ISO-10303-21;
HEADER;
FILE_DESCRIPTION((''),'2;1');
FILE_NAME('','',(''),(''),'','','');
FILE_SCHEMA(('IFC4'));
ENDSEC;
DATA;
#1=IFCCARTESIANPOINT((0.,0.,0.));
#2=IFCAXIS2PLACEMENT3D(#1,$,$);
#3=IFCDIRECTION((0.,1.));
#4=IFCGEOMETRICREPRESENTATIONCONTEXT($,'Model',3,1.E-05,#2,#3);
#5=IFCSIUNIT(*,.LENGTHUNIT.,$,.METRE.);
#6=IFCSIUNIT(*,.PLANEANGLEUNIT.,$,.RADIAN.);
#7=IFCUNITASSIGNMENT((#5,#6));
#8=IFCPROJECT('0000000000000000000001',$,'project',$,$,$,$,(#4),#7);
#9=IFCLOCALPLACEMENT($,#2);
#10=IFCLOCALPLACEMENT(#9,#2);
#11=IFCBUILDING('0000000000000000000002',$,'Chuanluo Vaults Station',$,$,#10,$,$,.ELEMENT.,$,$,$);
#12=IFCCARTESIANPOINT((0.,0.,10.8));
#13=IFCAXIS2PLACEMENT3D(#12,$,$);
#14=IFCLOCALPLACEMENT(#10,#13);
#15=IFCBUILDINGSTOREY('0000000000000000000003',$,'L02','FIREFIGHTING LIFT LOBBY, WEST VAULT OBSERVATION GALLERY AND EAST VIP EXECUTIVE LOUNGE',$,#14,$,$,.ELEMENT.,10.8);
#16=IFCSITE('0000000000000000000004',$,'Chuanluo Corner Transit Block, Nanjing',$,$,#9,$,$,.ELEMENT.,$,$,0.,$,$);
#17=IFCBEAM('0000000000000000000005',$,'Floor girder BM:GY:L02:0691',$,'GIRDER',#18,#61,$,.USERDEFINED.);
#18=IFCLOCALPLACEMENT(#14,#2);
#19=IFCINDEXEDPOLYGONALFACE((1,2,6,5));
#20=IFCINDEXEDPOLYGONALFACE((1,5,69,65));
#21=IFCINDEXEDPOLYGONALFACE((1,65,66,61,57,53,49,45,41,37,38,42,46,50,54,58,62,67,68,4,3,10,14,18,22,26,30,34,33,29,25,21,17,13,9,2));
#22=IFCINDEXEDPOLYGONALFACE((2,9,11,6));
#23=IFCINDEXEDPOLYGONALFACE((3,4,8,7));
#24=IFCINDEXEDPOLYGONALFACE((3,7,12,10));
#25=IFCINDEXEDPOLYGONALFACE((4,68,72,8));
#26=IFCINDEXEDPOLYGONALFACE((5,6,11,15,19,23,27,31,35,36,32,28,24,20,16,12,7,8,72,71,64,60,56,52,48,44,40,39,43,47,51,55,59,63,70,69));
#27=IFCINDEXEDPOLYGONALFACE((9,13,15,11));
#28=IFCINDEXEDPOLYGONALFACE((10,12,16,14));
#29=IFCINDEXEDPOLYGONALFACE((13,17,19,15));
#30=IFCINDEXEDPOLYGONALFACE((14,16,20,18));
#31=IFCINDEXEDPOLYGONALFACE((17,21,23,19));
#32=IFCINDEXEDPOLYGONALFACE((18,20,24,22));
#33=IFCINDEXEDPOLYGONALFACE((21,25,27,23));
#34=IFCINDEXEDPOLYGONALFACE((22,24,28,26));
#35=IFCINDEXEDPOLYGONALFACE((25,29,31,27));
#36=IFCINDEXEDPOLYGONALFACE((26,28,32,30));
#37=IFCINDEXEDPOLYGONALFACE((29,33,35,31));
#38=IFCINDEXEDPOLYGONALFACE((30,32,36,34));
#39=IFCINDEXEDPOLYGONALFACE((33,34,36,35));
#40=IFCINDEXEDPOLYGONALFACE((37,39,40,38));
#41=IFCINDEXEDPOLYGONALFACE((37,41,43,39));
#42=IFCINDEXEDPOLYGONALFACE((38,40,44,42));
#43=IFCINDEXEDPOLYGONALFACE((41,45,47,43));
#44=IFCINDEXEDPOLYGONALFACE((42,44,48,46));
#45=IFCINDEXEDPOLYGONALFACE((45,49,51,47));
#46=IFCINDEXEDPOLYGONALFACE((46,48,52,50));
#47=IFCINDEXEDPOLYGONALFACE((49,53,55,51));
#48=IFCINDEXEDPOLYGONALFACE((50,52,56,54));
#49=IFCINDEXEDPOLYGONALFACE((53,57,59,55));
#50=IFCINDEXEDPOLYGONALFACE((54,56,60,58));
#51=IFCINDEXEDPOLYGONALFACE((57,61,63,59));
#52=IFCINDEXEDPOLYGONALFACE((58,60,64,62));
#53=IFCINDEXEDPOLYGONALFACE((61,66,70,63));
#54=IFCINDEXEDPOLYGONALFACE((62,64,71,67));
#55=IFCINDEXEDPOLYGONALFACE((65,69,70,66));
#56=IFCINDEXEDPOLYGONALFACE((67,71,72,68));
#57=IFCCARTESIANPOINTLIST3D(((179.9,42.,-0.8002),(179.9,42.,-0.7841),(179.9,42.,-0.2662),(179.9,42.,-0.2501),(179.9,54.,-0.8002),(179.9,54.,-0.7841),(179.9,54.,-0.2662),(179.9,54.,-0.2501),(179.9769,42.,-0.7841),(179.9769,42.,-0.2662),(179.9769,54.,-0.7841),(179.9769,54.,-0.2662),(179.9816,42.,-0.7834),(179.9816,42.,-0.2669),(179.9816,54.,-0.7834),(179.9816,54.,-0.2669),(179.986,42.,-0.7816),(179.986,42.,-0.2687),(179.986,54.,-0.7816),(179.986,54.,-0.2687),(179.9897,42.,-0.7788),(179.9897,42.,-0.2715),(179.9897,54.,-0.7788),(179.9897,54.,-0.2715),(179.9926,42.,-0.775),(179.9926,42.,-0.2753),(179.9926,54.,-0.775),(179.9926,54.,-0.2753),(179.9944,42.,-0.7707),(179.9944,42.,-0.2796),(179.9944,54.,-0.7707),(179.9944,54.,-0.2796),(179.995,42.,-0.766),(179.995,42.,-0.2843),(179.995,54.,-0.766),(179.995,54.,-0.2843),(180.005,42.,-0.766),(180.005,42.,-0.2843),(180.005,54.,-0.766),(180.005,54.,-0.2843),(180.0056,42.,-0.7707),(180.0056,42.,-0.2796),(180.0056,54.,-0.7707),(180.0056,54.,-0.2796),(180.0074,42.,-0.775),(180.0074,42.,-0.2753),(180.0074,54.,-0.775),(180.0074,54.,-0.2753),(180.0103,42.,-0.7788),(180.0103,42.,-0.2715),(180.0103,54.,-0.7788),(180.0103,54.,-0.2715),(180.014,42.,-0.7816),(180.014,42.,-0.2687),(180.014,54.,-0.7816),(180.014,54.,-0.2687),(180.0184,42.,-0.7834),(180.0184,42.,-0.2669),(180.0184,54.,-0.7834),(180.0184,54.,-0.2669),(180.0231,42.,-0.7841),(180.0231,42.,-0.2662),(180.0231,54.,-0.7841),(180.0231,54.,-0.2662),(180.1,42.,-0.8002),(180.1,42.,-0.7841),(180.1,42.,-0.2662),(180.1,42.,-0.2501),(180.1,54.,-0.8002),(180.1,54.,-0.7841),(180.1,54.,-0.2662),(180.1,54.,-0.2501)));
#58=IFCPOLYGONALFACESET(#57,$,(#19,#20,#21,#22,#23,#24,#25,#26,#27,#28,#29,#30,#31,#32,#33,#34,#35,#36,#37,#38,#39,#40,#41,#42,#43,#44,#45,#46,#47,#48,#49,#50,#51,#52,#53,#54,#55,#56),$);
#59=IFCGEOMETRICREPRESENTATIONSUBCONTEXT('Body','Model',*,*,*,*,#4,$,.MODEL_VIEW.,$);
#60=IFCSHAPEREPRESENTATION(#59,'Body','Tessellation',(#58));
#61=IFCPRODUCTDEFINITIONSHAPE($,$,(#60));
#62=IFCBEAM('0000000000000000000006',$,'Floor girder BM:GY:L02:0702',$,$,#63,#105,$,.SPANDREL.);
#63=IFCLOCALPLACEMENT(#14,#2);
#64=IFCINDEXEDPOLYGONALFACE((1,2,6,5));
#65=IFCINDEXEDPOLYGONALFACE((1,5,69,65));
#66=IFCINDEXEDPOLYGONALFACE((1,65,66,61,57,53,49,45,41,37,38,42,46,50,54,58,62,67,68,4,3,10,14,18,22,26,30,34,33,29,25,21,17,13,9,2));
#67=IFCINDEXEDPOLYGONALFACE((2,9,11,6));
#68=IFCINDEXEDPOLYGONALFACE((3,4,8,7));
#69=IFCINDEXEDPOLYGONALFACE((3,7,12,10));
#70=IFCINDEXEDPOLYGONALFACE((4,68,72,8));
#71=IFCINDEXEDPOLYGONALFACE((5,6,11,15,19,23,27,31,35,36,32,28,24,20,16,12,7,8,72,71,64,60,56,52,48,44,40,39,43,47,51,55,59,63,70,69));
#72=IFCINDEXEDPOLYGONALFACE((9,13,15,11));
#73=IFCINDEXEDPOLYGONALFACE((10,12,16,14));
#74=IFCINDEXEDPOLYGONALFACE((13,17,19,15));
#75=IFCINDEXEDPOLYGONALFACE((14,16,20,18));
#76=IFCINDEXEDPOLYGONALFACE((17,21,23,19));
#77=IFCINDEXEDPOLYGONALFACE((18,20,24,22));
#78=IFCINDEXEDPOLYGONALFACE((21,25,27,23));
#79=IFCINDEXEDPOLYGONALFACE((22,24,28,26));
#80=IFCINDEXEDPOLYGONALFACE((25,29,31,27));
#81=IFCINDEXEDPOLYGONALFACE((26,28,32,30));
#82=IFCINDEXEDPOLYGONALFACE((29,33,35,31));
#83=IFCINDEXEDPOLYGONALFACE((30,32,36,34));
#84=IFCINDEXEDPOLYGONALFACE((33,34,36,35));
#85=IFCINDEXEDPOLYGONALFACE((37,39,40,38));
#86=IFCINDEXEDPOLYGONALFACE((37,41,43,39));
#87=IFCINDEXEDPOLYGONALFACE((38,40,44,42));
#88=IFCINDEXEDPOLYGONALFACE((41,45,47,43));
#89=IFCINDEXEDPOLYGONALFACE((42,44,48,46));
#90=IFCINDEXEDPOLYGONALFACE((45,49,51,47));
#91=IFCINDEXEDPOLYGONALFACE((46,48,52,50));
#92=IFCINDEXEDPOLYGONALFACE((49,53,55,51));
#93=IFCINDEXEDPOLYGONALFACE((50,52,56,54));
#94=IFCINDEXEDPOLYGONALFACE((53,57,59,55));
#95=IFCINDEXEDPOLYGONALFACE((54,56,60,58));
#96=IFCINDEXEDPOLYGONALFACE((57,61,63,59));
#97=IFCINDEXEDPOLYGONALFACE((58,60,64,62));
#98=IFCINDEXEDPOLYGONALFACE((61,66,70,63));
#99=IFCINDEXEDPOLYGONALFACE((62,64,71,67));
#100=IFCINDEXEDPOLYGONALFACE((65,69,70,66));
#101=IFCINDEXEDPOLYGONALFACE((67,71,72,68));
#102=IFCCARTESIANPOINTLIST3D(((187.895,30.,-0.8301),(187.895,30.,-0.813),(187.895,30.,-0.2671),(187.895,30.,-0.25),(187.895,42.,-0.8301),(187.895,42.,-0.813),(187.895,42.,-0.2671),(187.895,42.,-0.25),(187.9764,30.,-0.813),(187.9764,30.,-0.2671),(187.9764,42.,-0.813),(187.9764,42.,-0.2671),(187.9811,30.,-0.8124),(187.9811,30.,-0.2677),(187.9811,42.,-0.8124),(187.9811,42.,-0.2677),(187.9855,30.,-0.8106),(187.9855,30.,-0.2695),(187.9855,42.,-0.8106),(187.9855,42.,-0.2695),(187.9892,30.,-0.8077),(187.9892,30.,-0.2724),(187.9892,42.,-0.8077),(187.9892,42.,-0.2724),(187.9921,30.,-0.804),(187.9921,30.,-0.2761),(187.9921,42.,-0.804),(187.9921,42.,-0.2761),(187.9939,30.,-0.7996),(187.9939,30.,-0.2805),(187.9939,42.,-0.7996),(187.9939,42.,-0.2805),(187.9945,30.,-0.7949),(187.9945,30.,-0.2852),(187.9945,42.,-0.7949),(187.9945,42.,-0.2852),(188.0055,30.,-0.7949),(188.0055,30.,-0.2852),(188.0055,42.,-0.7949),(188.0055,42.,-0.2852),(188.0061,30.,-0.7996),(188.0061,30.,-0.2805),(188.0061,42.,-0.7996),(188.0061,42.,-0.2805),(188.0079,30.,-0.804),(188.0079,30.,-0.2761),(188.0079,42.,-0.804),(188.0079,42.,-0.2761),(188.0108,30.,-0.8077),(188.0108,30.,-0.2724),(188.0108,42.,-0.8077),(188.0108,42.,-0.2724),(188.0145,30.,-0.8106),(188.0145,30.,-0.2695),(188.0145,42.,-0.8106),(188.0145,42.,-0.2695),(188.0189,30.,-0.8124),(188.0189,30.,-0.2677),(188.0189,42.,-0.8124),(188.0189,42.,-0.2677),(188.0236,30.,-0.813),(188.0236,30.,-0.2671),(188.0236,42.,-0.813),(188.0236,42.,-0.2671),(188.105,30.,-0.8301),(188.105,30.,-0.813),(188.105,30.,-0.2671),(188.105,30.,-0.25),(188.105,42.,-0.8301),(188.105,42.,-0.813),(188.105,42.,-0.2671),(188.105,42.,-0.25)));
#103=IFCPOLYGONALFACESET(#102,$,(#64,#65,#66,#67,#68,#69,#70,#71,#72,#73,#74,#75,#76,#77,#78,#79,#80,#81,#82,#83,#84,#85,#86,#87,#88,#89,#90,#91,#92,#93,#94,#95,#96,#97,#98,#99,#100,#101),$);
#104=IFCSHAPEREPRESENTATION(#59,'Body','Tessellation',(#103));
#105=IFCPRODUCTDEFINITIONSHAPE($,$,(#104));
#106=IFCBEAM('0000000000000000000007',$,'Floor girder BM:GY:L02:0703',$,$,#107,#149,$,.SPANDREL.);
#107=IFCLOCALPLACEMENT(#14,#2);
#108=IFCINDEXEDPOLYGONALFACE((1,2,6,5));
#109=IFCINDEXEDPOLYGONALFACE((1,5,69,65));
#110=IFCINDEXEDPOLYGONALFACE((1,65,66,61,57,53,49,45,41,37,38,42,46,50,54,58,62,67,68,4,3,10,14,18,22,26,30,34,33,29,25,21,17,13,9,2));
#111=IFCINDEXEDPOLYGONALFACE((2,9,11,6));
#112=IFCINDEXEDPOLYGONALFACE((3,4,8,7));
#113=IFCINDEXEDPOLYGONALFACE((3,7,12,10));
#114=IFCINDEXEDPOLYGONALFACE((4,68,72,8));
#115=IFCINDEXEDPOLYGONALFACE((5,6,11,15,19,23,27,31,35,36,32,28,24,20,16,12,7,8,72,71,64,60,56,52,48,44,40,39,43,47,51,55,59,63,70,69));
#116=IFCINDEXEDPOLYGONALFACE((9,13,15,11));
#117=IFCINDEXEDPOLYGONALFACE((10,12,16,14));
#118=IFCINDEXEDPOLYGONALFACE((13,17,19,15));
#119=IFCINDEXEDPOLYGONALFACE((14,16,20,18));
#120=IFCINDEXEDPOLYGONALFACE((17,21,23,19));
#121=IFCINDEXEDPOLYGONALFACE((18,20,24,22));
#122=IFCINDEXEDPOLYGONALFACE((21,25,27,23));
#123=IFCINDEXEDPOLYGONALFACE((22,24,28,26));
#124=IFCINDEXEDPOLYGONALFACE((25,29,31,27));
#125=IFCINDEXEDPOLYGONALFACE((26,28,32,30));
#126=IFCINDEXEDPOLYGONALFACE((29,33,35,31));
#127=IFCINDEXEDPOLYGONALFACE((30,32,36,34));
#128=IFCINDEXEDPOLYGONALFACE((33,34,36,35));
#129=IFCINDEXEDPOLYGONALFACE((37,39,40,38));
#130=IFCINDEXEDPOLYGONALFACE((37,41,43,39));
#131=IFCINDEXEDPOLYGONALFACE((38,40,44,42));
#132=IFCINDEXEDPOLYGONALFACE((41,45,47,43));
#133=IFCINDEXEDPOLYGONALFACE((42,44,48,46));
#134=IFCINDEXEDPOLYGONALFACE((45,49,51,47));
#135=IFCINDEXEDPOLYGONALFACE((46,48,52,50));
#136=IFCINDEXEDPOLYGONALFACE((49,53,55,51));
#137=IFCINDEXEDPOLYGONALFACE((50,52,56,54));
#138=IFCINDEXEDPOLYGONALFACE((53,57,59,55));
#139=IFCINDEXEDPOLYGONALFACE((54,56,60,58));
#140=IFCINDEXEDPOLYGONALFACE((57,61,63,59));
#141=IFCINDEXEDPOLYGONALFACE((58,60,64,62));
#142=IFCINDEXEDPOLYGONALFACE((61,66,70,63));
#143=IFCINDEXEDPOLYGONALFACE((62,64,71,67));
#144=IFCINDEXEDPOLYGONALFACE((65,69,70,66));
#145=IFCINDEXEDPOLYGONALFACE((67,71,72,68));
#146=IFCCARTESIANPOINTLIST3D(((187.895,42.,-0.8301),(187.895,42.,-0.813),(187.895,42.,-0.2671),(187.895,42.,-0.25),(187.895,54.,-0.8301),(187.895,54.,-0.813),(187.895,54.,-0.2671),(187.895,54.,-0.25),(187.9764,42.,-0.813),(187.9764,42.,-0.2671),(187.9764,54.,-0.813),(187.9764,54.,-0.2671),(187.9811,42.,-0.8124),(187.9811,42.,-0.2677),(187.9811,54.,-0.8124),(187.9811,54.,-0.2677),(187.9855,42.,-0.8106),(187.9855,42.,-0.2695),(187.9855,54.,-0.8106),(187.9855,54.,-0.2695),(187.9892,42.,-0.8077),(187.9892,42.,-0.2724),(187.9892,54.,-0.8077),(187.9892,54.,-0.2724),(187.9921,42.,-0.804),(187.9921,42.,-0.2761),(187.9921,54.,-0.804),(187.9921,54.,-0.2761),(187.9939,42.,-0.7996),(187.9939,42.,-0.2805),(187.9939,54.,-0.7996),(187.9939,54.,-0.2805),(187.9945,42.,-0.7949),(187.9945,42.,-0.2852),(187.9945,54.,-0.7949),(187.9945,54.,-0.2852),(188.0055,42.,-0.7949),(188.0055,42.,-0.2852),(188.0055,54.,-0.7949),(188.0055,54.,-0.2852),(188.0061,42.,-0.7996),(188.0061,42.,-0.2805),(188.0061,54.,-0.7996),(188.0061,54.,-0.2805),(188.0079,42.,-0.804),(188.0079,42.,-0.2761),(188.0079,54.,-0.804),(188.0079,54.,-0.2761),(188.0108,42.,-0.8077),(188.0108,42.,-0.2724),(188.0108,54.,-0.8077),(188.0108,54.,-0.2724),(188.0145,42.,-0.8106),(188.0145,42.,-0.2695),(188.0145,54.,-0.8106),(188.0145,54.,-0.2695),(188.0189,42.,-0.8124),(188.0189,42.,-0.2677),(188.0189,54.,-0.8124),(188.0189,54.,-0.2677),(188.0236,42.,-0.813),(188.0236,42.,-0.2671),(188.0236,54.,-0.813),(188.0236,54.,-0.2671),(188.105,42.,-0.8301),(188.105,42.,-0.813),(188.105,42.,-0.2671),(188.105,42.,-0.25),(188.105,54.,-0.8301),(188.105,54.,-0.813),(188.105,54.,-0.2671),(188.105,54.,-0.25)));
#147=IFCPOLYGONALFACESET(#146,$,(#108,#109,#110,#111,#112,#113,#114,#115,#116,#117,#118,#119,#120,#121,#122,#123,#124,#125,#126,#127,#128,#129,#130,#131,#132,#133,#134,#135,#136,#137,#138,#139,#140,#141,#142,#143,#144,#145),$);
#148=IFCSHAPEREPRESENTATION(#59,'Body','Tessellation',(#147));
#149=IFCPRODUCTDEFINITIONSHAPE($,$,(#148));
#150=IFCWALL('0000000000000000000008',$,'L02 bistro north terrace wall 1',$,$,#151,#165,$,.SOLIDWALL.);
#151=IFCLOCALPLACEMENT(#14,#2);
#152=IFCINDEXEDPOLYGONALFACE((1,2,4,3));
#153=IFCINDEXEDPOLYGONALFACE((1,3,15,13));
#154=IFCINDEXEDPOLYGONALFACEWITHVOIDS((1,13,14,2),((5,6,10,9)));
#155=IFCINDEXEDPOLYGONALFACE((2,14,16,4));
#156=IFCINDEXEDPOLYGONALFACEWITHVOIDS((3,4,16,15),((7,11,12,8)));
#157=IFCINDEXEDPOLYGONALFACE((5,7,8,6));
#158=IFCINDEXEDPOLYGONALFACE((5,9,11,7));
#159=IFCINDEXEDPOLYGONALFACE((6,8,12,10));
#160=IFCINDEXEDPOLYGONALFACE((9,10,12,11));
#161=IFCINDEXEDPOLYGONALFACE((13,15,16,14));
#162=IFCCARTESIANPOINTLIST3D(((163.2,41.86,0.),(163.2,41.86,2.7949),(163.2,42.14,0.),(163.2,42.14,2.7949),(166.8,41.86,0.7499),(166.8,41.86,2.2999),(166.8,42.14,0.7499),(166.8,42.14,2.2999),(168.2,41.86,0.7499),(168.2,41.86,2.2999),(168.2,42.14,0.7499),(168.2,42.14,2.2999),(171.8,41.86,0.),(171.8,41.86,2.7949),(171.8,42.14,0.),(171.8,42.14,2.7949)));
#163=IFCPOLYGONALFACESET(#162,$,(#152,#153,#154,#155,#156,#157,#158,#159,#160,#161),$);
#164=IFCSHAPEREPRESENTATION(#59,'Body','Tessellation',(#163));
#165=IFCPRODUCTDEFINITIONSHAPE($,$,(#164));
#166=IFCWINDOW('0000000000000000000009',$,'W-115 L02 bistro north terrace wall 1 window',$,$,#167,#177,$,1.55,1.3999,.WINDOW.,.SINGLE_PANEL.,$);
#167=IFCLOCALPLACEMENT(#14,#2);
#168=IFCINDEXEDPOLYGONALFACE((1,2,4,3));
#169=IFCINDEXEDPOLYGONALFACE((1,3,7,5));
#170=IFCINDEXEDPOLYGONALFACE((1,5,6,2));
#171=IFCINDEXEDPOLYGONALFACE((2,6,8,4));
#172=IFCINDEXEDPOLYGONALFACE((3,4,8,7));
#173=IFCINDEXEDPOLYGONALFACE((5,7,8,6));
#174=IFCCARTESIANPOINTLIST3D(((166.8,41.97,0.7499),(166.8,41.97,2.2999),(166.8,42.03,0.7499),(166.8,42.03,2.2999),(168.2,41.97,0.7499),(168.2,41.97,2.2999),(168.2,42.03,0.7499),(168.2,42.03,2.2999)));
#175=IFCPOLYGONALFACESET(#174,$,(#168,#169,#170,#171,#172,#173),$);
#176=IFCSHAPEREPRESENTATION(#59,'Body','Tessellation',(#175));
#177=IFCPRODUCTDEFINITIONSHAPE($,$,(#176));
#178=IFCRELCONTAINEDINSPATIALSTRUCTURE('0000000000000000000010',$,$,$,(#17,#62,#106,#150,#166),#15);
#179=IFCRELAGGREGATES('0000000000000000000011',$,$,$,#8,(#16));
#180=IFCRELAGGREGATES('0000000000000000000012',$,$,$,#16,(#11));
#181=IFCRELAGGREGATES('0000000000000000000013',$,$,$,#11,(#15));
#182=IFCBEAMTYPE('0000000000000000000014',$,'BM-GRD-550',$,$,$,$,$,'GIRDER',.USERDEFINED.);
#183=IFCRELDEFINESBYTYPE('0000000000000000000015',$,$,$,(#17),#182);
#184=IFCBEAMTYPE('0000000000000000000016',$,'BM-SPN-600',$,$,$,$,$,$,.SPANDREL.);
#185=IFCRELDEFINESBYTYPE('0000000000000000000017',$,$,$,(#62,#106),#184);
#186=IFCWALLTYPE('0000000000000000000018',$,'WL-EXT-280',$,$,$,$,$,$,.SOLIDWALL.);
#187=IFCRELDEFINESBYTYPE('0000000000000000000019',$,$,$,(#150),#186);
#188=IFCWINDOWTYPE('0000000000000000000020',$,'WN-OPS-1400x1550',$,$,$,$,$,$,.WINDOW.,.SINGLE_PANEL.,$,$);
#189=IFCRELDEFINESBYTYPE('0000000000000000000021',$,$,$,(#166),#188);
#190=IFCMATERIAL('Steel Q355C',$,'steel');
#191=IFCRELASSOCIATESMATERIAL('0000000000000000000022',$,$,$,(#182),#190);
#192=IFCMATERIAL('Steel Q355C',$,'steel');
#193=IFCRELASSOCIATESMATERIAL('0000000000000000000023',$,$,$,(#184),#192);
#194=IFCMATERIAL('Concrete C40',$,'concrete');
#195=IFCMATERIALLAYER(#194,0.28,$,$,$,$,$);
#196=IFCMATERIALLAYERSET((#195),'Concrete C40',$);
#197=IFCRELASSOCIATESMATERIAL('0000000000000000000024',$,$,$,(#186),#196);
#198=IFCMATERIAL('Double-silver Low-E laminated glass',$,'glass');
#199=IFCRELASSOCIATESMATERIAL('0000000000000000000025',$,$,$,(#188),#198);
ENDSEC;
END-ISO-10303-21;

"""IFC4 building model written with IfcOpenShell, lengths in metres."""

from ifc_helpers import new_model, si_unit, direction, frame, frame_2d, origin, origin_2d, place, context, subcontext, project, spatial, rectangle, i_section, extrude, material, layer, layer_set, material_profile, profile_set, type_object, element, fill, save


model = new_model("IFC4")

# Units and contexts
model_context = context("Model", 3, precision=1e-05, world=origin(), true_north=direction((0.0, 1.0)))
body_context = subcontext(model_context, "Body", "Model", "MODEL_VIEW")
ifc_project = project(units=[si_unit("LENGTHUNIT", "METRE"), si_unit("PLANEANGLEUNIT", "RADIAN")], contexts=[model_context])

# Site, building, storey
site_placement = place(None, origin())
site = spatial("IfcSite", under=ifc_project, at=site_placement, Name="Chuanluo Corner Transit Block, Nanjing", CompositionType="ELEMENT", RefElevation=0.0)
building_placement = place(site_placement, origin())
building = spatial("IfcBuilding", under=site, at=building_placement, Name="Chuanluo Vaults Station", CompositionType="ELEMENT")
storey_placement = place(building_placement, frame((0.0, 0.0, 10.8)))
storey = spatial("IfcBuildingStorey", under=building, at=storey_placement, Name="L02", Description="FIREFIGHTING LIFT LOBBY, WEST VAULT OBSERVATION GALLERY AND EAST VIP EXECUTIVE LOUNGE", CompositionType="ELEMENT", Elevation=10.8)

# Beams
ifc_material_1 = material(Name="Steel Q355C", Category="steel")
ifc_material_profile_1 = material_profile(ifc_material_1, i_section(OverallWidth=0.2, OverallDepth=0.55, WebThickness=0.01, FlangeThickness=0.0161, FilletRadius=0.0181, at=origin_2d()))
ifc_profile_set_1 = profile_set([ifc_material_profile_1], Name="Steel Q355C")
beam_type_1 = type_object("IfcBeamType", Name="BM-GRD-550", ElementType="GIRDER", PredefinedType="USERDEFINED", material=ifc_profile_set_1)
for number, where, z_axis, x_axis, name in (
    (1, (180.0, 42.0, -0.5251), (0.0, 1.0, 0.0), (-1.0, 0.0, 0.0), "Floor girder BM:GY:L02:0691"),
):
    element("IfcBeam", number, at=place(storey_placement, frame(where, z_axis=z_axis, x_axis=x_axis)), inside=storey, type_object=beam_type_1, Name=name, ObjectType="GIRDER", PredefinedType="USERDEFINED", context=body_context, shape_type="SweptSolid", body=[
        extrude(i_section(OverallWidth=0.2, OverallDepth=0.55, WebThickness=0.01, FlangeThickness=0.0161, FilletRadius=0.0181, at=origin_2d()), origin(), (0.0, 0.0, 1.0), 12.0),
    ])
ifc_material_2 = material(Name="Steel Q355C", Category="steel")
ifc_material_profile_2 = material_profile(ifc_material_2, i_section(OverallWidth=0.21, OverallDepth=0.5801, WebThickness=0.011, FlangeThickness=0.0171, FilletRadius=0.0181, at=origin_2d()))
ifc_profile_set_2 = profile_set([ifc_material_profile_2], Name="Steel Q355C")
beam_type_2 = type_object("IfcBeamType", Name="BM-SPN-600", PredefinedType="SPANDREL", material=ifc_profile_set_2)
for number, where, z_axis, x_axis, name in (
    (2, (188.0, 30.0, -0.54), (0.0, 1.0, 0.0), (-1.0, 0.0, 0.0), "Floor girder BM:GY:L02:0702"),
    (3, (188.0, 42.0, -0.54), (0.0, 1.0, 0.0), (-1.0, 0.0, 0.0), "Floor girder BM:GY:L02:0703"),
):
    element("IfcBeam", number, at=place(storey_placement, frame(where, z_axis=z_axis, x_axis=x_axis)), inside=storey, type_object=beam_type_2, Name=name, PredefinedType="SPANDREL", context=body_context, shape_type="SweptSolid", body=[
        extrude(i_section(OverallWidth=0.21, OverallDepth=0.5801, WebThickness=0.011, FlangeThickness=0.0171, FilletRadius=0.0181, at=origin_2d()), origin(), (0.0, 0.0, 1.0), 12.0),
    ])

# Wall, opening, window
ifc_material_3 = material(Name="Concrete C40", Category="concrete")
ifc_layer_1 = layer(ifc_material_3, 0.28)
ifc_layer_set_1 = layer_set([ifc_layer_1], Name="Concrete C40")
wall_type_1 = type_object("IfcWallType", Name="WL-EXT-280", PredefinedType="SOLIDWALL", material=ifc_layer_set_1)
wall_1_placement = place(storey_placement, frame((163.2, 42.0, 0.0), z_axis=(0.0, 0.0, 1.0), x_axis=(1.0, 0.0, 0.0)))
wall_1 = element("IfcWall", 4, at=wall_1_placement, inside=storey, type_object=wall_type_1, Name="L02 bistro north terrace wall 1", PredefinedType="SOLIDWALL", context=body_context, shape_type="SweptSolid", body=[
    extrude(rectangle(XDim=8.6001, YDim=0.28, at=frame_2d((4.3, 0.0))), origin(), (0.0, 0.0, 1.0), 2.7949),
])
opening_1_placement = place(wall_1_placement, frame((3.6001, 0.0, 0.75)))
opening_1 = element("IfcOpeningElement", 5, at=opening_1_placement, cuts=wall_1, PredefinedType="OPENING", context=body_context, shape_type="SweptSolid", body=[
    extrude(rectangle(XDim=1.3999, YDim=1.55, at=frame_2d((0.7, 0.7749))), frame((0.0, 0.1501, 0.0), z_axis=(0.0, -1.0, 0.0), x_axis=(1.0, 0.0, 0.0)), (0.0, 0.0, 1.0), 0.3),
])
ifc_material_4 = material(Name="Double-silver Low-E laminated glass", Category="glass")
window_type = type_object("IfcWindowType", Name="WN-OPS-1400x1550", PartitioningType="SINGLE_PANEL", PredefinedType="WINDOW", material=ifc_material_4)
window_1_placement = place(opening_1_placement, origin())
window_1 = element("IfcWindow", 6, at=window_1_placement, inside=storey, type_object=window_type, Name="W-115 L02 bistro north terrace wall 1 window", OverallHeight=1.55, OverallWidth=1.3999, PartitioningType="SINGLE_PANEL", PredefinedType="WINDOW", context=body_context, shape_type="SweptSolid", body=[
    extrude(rectangle(XDim=1.3999, YDim=1.55, at=frame_2d((0.7, 0.7749))), frame((0.0, 0.03, 0.0), z_axis=(0.0, -1.0, 0.0), x_axis=(1.0, 0.0, 0.0)), (0.0, 0.0, 1.0), 0.0601),
])
fill(opening_1, window_1)

save(model, "model.ifc")
